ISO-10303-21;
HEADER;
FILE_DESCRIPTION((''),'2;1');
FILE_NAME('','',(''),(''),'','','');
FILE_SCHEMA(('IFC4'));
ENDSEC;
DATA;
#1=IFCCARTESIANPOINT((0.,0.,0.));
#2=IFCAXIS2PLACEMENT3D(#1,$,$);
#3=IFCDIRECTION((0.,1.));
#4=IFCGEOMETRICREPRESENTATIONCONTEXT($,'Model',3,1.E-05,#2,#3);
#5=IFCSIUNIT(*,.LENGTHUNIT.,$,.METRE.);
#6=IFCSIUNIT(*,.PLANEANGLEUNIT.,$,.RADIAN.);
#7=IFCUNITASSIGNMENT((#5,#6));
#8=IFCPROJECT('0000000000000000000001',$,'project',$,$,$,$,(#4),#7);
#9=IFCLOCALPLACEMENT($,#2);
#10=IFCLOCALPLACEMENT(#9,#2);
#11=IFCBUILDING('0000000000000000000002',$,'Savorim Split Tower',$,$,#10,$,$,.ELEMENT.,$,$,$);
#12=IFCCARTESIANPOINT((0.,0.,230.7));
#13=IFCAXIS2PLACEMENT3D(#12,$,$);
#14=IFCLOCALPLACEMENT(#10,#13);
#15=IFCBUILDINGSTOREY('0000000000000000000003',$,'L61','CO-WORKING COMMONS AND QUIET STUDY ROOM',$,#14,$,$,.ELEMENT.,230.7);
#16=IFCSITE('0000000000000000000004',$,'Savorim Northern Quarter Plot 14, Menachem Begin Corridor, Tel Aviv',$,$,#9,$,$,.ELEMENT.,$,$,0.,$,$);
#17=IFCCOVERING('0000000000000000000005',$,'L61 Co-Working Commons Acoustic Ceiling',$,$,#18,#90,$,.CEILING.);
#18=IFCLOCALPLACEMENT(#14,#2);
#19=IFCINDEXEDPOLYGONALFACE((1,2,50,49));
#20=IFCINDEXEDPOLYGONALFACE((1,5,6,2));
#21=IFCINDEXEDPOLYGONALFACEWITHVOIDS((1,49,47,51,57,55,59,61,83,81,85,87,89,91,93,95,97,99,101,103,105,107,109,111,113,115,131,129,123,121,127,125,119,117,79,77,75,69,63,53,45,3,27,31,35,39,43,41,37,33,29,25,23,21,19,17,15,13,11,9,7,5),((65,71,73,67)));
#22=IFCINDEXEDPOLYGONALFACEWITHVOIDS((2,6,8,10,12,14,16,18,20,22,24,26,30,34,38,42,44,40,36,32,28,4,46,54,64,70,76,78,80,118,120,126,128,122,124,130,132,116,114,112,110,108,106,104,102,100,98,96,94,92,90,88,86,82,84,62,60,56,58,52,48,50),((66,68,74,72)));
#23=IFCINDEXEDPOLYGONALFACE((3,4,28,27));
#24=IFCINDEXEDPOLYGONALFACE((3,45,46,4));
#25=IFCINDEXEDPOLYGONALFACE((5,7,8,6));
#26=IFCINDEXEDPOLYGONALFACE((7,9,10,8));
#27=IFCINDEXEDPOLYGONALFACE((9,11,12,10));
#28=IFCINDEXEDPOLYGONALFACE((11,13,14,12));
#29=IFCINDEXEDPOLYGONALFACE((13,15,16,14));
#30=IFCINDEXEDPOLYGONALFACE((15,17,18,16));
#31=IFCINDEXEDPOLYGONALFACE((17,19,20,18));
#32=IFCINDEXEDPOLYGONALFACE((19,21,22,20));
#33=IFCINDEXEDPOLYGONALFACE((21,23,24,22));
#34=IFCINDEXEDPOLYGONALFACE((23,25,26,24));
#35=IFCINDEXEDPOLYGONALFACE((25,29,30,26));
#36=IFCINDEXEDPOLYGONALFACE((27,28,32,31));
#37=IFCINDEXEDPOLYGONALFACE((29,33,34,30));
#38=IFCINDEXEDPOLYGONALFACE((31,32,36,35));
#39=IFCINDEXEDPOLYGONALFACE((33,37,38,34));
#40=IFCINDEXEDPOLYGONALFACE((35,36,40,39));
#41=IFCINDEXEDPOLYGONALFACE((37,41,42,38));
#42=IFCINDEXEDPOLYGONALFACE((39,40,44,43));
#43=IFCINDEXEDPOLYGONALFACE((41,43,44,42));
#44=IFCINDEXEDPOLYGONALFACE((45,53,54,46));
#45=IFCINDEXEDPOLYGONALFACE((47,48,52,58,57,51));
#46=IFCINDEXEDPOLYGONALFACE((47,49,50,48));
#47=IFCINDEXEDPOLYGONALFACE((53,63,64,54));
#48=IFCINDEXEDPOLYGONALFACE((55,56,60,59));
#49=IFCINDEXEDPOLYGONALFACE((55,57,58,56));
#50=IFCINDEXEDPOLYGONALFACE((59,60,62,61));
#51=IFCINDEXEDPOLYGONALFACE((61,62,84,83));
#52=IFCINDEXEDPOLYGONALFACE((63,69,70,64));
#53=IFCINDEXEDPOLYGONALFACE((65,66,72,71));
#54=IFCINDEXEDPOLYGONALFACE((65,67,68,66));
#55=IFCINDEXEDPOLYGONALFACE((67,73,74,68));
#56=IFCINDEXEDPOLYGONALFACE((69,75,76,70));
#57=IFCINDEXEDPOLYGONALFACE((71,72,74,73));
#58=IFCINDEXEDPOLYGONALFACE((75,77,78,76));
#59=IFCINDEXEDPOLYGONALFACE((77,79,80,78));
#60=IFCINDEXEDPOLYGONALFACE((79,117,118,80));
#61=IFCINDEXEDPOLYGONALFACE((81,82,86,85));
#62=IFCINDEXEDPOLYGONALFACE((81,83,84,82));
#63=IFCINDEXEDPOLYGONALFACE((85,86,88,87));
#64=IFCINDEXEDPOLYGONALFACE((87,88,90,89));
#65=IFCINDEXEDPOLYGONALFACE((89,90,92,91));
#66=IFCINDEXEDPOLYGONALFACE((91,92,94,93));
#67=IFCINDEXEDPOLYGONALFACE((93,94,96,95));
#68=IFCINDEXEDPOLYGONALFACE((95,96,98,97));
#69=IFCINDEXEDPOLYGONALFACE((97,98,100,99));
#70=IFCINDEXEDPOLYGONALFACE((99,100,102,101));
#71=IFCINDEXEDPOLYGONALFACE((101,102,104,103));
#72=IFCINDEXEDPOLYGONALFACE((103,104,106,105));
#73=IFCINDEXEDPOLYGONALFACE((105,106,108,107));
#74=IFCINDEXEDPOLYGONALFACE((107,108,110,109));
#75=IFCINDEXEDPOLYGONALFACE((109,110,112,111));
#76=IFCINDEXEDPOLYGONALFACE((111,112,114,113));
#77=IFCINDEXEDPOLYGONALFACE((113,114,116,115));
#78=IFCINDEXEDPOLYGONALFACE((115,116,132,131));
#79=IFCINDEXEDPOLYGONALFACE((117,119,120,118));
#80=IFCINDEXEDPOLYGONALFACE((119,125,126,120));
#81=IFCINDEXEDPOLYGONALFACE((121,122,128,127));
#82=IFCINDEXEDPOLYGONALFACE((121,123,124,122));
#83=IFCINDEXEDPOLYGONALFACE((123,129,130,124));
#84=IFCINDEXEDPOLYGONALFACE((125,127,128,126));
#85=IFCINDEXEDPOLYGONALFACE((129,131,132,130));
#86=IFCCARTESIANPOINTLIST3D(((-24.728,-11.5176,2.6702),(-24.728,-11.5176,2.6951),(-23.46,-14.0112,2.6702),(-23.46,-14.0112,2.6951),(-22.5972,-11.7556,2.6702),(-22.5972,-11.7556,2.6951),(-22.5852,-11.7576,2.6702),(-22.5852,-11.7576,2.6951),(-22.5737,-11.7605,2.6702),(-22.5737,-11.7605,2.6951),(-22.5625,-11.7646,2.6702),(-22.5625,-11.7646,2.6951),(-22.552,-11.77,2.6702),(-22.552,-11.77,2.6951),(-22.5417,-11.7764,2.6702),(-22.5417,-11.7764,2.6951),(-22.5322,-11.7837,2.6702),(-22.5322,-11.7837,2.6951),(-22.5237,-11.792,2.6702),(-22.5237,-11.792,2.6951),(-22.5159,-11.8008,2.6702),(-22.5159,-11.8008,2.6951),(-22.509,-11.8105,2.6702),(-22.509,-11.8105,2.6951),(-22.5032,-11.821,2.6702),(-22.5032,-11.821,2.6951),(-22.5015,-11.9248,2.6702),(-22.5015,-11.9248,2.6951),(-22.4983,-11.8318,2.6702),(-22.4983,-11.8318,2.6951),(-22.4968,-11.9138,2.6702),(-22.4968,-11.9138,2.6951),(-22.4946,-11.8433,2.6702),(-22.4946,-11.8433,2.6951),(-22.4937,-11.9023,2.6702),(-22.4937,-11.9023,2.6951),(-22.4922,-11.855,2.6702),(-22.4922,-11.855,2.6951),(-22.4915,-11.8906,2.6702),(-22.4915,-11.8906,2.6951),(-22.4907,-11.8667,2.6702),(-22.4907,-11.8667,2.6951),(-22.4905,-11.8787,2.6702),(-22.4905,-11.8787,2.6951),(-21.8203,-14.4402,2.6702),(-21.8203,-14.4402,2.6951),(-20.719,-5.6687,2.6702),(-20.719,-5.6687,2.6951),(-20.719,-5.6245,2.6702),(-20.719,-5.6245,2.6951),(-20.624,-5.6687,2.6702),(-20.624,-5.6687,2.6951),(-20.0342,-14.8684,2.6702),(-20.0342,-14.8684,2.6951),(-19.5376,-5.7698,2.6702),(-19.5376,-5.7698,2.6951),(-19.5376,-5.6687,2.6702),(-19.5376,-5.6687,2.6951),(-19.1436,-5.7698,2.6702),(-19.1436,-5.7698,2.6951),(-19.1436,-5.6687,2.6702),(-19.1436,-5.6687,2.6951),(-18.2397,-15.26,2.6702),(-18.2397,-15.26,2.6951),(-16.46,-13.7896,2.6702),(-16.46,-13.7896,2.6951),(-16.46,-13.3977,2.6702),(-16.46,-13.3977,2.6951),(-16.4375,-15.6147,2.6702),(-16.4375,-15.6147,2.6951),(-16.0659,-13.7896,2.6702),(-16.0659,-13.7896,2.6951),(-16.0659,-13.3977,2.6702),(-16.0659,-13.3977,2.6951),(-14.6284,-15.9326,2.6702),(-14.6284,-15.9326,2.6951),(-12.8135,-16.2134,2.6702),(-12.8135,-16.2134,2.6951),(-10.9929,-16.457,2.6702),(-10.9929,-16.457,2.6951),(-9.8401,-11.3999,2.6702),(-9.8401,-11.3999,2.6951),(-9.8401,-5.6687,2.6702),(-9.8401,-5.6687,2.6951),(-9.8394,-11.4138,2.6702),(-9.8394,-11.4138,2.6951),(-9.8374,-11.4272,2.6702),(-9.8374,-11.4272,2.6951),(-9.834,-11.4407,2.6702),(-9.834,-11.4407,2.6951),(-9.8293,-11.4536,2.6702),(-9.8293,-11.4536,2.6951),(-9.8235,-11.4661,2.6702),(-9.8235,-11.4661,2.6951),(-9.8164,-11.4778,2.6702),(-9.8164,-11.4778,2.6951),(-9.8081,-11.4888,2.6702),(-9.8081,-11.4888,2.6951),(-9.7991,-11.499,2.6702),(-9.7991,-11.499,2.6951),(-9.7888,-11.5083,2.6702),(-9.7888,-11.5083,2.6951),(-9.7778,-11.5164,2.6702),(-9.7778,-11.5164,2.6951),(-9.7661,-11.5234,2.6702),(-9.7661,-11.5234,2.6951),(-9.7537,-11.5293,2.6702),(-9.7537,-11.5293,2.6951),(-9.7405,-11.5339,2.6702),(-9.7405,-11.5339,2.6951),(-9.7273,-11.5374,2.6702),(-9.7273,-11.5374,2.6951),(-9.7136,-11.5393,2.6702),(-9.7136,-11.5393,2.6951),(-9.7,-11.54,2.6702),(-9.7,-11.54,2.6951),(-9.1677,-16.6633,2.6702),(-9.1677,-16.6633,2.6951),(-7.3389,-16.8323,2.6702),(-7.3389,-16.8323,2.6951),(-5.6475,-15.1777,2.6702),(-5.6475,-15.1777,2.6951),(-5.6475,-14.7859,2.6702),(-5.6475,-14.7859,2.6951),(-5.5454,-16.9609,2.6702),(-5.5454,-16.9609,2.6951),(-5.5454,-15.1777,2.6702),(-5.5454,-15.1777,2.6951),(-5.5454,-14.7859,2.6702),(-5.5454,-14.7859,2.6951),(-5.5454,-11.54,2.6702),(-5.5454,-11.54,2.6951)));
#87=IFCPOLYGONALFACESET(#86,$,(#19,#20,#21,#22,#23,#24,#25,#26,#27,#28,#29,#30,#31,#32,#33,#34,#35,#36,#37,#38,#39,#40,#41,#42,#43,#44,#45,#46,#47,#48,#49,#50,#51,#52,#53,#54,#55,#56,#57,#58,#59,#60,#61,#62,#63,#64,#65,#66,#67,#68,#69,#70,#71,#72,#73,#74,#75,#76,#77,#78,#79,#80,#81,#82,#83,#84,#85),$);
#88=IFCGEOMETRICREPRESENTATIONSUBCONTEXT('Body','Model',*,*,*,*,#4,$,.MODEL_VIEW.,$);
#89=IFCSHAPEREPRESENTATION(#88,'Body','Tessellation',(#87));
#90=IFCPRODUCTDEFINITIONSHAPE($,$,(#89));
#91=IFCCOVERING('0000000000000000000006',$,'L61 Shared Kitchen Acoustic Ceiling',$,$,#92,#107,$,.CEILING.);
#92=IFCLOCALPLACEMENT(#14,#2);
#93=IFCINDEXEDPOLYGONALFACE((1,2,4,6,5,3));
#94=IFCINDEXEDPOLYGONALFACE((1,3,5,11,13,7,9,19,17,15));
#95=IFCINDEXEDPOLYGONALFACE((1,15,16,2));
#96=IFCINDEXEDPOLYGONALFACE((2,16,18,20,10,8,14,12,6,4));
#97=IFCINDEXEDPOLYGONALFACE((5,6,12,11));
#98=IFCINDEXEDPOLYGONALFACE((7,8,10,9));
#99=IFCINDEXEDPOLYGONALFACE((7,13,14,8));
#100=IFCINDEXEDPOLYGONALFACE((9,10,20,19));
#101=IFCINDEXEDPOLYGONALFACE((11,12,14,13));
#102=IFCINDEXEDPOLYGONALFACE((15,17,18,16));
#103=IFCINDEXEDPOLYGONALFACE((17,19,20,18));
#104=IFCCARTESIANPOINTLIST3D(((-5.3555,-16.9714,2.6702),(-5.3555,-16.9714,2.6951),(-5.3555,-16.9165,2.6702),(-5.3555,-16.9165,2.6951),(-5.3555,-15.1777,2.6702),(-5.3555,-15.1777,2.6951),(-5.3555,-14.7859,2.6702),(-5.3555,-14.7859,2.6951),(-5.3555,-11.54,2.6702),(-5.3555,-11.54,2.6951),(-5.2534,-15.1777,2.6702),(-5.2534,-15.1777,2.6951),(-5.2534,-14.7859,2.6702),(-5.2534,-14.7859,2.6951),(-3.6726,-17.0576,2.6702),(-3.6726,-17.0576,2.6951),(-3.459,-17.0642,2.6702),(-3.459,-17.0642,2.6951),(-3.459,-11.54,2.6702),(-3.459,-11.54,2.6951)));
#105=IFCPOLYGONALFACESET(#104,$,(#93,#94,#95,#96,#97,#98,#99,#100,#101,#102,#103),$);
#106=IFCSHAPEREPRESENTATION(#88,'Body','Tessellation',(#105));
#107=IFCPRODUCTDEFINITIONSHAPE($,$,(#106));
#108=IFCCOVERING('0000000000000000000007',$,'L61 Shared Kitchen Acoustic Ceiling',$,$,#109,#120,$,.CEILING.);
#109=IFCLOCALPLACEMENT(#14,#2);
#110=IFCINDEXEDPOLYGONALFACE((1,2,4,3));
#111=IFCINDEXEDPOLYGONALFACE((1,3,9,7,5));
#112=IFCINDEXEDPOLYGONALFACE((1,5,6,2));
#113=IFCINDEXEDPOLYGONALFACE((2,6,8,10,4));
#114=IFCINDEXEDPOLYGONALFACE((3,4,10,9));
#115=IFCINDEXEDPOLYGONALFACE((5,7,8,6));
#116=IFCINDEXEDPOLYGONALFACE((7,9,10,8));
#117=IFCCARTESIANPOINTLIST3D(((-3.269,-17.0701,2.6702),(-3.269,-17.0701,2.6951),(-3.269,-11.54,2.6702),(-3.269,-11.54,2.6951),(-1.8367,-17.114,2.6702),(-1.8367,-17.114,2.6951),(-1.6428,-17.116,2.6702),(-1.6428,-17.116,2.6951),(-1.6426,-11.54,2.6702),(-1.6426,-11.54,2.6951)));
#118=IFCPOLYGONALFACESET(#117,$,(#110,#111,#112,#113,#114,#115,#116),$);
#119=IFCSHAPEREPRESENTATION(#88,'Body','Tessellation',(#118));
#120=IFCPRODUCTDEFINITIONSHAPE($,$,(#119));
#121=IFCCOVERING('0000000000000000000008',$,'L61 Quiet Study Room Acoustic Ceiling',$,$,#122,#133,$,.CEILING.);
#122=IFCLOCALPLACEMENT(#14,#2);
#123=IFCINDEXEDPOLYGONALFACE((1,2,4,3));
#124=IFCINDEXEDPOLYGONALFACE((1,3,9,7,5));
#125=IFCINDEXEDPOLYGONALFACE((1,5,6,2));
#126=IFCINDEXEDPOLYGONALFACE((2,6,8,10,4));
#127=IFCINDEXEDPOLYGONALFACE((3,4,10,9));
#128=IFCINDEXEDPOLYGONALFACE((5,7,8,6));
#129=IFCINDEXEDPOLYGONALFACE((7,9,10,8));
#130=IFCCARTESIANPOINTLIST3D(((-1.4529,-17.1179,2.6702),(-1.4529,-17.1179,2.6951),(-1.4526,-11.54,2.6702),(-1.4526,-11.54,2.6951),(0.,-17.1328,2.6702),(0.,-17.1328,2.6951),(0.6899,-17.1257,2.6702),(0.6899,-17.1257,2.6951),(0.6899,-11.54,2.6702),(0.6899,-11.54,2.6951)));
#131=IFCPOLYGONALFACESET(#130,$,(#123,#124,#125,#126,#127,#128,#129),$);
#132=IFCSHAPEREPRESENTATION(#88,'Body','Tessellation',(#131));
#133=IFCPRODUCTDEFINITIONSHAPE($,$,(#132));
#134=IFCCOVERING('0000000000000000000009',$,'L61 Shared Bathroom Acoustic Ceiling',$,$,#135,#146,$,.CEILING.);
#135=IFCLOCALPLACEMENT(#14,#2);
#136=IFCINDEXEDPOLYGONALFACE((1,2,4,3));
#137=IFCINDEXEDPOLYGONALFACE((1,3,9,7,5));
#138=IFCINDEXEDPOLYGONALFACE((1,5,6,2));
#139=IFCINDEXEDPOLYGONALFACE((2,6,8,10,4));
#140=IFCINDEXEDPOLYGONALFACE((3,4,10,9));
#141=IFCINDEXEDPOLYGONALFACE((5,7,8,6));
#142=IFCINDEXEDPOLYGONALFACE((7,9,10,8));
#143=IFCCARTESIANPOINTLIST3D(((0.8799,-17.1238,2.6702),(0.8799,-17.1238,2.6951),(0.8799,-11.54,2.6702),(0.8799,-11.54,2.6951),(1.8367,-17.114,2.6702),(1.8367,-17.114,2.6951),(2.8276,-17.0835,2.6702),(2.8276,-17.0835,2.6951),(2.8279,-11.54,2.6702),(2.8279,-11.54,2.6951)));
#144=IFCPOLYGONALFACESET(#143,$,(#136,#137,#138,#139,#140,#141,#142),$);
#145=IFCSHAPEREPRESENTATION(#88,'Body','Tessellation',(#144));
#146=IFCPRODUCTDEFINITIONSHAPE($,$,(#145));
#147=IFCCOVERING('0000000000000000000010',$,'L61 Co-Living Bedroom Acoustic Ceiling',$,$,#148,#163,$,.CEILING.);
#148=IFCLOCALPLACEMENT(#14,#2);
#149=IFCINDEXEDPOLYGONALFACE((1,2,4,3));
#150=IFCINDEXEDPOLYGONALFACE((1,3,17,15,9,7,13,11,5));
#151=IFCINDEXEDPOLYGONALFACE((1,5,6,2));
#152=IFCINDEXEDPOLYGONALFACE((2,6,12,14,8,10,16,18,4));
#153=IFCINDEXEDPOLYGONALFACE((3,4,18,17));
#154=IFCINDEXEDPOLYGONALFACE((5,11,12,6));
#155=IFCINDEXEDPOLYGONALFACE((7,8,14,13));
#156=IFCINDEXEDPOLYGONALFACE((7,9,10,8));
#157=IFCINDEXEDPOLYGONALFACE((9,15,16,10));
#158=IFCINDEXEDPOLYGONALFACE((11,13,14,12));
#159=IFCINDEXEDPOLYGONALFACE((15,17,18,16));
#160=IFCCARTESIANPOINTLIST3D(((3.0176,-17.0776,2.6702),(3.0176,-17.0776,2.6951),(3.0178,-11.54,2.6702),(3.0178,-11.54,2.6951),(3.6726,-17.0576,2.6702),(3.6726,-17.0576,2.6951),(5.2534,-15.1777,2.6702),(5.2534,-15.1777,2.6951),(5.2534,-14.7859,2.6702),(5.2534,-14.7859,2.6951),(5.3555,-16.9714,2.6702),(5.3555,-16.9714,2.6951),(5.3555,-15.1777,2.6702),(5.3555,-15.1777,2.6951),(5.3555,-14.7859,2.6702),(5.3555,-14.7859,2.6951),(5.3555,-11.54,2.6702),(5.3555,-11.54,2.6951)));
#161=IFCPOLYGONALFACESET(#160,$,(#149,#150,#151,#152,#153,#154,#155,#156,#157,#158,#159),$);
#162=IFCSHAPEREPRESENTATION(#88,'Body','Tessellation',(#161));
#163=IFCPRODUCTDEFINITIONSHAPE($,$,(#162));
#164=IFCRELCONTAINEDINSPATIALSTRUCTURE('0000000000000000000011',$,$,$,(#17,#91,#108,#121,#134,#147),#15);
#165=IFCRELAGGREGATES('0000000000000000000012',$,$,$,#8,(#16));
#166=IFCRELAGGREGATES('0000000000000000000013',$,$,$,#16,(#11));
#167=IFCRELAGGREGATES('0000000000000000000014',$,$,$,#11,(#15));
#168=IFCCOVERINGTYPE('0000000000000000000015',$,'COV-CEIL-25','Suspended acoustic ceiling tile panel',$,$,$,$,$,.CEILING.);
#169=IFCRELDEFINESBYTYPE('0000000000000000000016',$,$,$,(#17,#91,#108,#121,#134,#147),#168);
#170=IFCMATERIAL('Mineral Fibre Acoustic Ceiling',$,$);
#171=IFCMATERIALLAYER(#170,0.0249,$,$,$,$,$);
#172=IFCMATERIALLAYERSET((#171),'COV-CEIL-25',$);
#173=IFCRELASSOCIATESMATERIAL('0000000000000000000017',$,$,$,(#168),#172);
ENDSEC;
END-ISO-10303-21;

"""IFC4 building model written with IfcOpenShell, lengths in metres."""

from ifc_helpers import new_model, si_unit, direction, frame, origin, place, context, subcontext, project, spatial, polyline, outline, extrude, material, layer, layer_set, type_object, element, save


model = new_model("IFC4")

# Units and contexts
model_context = context("Model", 3, precision=1e-05, world=origin(), true_north=direction((0.0, 1.0)))
body_context = subcontext(model_context, "Body", "Model", "MODEL_VIEW")
ifc_project = project(units=[si_unit("LENGTHUNIT", "METRE"), si_unit("PLANEANGLEUNIT", "RADIAN")], contexts=[model_context])

# Site, building, storey
site_placement = place(None, origin())
site = spatial("IfcSite", under=ifc_project, at=site_placement, Name="Savorim Northern Quarter Plot 14, Menachem Begin Corridor, Tel Aviv", CompositionType="ELEMENT", RefElevation=0.0)
building_placement = place(site_placement, origin())
building = spatial("IfcBuilding", under=site, at=building_placement, Name="Savorim Split Tower", CompositionType="ELEMENT")
storey_placement = place(building_placement, frame((0.0, 0.0, 230.7)))
storey = spatial("IfcBuildingStorey", under=building, at=storey_placement, Name="L61", Description="CO-WORKING COMMONS AND QUIET STUDY ROOM", CompositionType="ELEMENT", Elevation=230.7)

# Coverings
ifc_material_1 = material(Name="Mineral Fibre Acoustic Ceiling")
ifc_layer_1 = layer(ifc_material_1, 0.0249)
ifc_layer_set_1 = layer_set([ifc_layer_1], Name="COV-CEIL-25")
covering_type_1 = type_object("IfcCoveringType", Name="COV-CEIL-25", Description="Suspended acoustic ceiling tile panel", PredefinedType="CEILING", material=ifc_layer_set_1)
covering_1_placement = place(storey_placement, frame((0.0, 0.0, 2.6702)))
element("IfcCovering", 1, at=covering_1_placement, inside=storey, type_object=covering_type_1, Name="L61 Co-Working Commons Acoustic Ceiling", PredefinedType="CEILING", context=body_context, shape_type="SweptSolid", body=[
    extrude(outline(polyline([(-22.4907, -11.8667), (-22.4905, -11.8787), (-22.4915, -11.8906), (-22.4937, -11.9023), (-22.4968, -11.9138), (-22.5015, -11.9248), (-23.46, -14.0112), (-21.8203, -14.4402), (-20.0342, -14.8684), (-18.2397, -15.26), (-16.4375, -15.6147), (-14.6284, -15.9326), (-12.8135, -16.2134), (-10.9929, -16.457), (-9.1677, -16.6633), (-7.3389, -16.8323), (-5.5454, -16.9609), (-5.5454, -15.1777), (-5.6475, -15.1777), (-5.6475, -14.7859), (-5.5454, -14.7859), (-5.5454, -11.54), (-9.7, -11.54), (-9.7136, -11.5393), (-9.7273, -11.5374), (-9.7405, -11.5339), (-9.7537, -11.5293), (-9.7661, -11.5234), (-9.7778, -11.5164), (-9.7888, -11.5083), (-9.7991, -11.499), (-9.8081, -11.4888), (-9.8164, -11.4778), (-9.8235, -11.4661), (-9.8293, -11.4536), (-9.834, -11.4407), (-9.8374, -11.4272), (-9.8394, -11.4138), (-9.8401, -11.3999), (-9.8401, -5.6687), (-19.1436, -5.6687), (-19.1436, -5.7698), (-19.5376, -5.7698), (-19.5376, -5.6687), (-20.624, -5.6687), (-20.719, -5.6687), (-20.719, -5.6245), (-24.728, -11.5176), (-22.5972, -11.7556), (-22.5852, -11.7576), (-22.5737, -11.7605), (-22.5625, -11.7646), (-22.552, -11.77), (-22.5417, -11.7764), (-22.5322, -11.7837), (-22.5237, -11.792), (-22.5159, -11.8008), (-22.509, -11.8105), (-22.5032, -11.821), (-22.4983, -11.8318), (-22.4946, -11.8433), (-22.4922, -11.855), (-22.4907, -11.8667)]), holes=[polyline([(-16.46, -13.7896), (-16.0659, -13.7896), (-16.0659, -13.3977), (-16.46, -13.3977), (-16.46, -13.7896)])]), origin(), (0.0, 0.0, 1.0), 0.0249),
])
covering_2_placement = place(storey_placement, frame((0.0, 0.0, 2.6702)))
element("IfcCovering", 2, at=covering_2_placement, inside=storey, type_object=covering_type_1, Name="L61 Shared Kitchen Acoustic Ceiling", PredefinedType="CEILING", context=body_context, shape_type="SweptSolid", body=[
    extrude(outline(polyline([(-5.3555, -16.9165), (-5.3555, -16.9714), (-3.6726, -17.0576), (-3.459, -17.0642), (-3.459, -11.54), (-5.3555, -11.54), (-5.3555, -14.7859), (-5.2534, -14.7859), (-5.2534, -15.1777), (-5.3555, -15.1777), (-5.3555, -16.9165)])), origin(), (0.0, 0.0, 1.0), 0.0249),
])
covering_3_placement = place(storey_placement, frame((0.0, 0.0, 2.6702)))
element("IfcCovering", 3, at=covering_3_placement, inside=storey, type_object=covering_type_1, Name="L61 Shared Kitchen Acoustic Ceiling", PredefinedType="CEILING", context=body_context, shape_type="SweptSolid", body=[
    extrude(outline(polyline([(-3.269, -11.54), (-3.269, -17.0701), (-1.8367, -17.114), (-1.6428, -17.116), (-1.6426, -11.54), (-3.269, -11.54)])), origin(), (0.0, 0.0, 1.0), 0.0249),
])
covering_4_placement = place(storey_placement, frame((0.0, 0.0, 2.6702)))
element("IfcCovering", 4, at=covering_4_placement, inside=storey, type_object=covering_type_1, Name="L61 Quiet Study Room Acoustic Ceiling", PredefinedType="CEILING", context=body_context, shape_type="SweptSolid", body=[
    extrude(outline(polyline([(-1.4526, -11.54), (-1.4529, -17.1179), (0.0, -17.1328), (0.6899, -17.1257), (0.6899, -11.54), (-1.4526, -11.54)])), origin(), (0.0, 0.0, 1.0), 0.0249),
])
covering_5_placement = place(storey_placement, frame((0.0, 0.0, 2.6702)))
element("IfcCovering", 5, at=covering_5_placement, inside=storey, type_object=covering_type_1, Name="L61 Shared Bathroom Acoustic Ceiling", PredefinedType="CEILING", context=body_context, shape_type="SweptSolid", body=[
    extrude(outline(polyline([(0.8799, -11.54), (0.8799, -17.1238), (1.8367, -17.114), (2.8276, -17.0835), (2.8279, -11.54), (0.8799, -11.54)])), origin(), (0.0, 0.0, 1.0), 0.0249),
])
covering_6_placement = place(storey_placement, frame((0.0, 0.0, 2.6702)))
element("IfcCovering", 6, at=covering_6_placement, inside=storey, type_object=covering_type_1, Name="L61 Co-Living Bedroom Acoustic Ceiling", PredefinedType="CEILING", context=body_context, shape_type="SweptSolid", body=[
    extrude(outline(polyline([(5.3555, -11.54), (3.0178, -11.54), (3.0176, -17.0776), (3.6726, -17.0576), (5.3555, -16.9714), (5.3555, -15.1777), (5.2534, -15.1777), (5.2534, -14.7859), (5.3555, -14.7859), (5.3555, -11.54)])), origin(), (0.0, 0.0, 1.0), 0.0249),
])

save(model, "model.ifc")
